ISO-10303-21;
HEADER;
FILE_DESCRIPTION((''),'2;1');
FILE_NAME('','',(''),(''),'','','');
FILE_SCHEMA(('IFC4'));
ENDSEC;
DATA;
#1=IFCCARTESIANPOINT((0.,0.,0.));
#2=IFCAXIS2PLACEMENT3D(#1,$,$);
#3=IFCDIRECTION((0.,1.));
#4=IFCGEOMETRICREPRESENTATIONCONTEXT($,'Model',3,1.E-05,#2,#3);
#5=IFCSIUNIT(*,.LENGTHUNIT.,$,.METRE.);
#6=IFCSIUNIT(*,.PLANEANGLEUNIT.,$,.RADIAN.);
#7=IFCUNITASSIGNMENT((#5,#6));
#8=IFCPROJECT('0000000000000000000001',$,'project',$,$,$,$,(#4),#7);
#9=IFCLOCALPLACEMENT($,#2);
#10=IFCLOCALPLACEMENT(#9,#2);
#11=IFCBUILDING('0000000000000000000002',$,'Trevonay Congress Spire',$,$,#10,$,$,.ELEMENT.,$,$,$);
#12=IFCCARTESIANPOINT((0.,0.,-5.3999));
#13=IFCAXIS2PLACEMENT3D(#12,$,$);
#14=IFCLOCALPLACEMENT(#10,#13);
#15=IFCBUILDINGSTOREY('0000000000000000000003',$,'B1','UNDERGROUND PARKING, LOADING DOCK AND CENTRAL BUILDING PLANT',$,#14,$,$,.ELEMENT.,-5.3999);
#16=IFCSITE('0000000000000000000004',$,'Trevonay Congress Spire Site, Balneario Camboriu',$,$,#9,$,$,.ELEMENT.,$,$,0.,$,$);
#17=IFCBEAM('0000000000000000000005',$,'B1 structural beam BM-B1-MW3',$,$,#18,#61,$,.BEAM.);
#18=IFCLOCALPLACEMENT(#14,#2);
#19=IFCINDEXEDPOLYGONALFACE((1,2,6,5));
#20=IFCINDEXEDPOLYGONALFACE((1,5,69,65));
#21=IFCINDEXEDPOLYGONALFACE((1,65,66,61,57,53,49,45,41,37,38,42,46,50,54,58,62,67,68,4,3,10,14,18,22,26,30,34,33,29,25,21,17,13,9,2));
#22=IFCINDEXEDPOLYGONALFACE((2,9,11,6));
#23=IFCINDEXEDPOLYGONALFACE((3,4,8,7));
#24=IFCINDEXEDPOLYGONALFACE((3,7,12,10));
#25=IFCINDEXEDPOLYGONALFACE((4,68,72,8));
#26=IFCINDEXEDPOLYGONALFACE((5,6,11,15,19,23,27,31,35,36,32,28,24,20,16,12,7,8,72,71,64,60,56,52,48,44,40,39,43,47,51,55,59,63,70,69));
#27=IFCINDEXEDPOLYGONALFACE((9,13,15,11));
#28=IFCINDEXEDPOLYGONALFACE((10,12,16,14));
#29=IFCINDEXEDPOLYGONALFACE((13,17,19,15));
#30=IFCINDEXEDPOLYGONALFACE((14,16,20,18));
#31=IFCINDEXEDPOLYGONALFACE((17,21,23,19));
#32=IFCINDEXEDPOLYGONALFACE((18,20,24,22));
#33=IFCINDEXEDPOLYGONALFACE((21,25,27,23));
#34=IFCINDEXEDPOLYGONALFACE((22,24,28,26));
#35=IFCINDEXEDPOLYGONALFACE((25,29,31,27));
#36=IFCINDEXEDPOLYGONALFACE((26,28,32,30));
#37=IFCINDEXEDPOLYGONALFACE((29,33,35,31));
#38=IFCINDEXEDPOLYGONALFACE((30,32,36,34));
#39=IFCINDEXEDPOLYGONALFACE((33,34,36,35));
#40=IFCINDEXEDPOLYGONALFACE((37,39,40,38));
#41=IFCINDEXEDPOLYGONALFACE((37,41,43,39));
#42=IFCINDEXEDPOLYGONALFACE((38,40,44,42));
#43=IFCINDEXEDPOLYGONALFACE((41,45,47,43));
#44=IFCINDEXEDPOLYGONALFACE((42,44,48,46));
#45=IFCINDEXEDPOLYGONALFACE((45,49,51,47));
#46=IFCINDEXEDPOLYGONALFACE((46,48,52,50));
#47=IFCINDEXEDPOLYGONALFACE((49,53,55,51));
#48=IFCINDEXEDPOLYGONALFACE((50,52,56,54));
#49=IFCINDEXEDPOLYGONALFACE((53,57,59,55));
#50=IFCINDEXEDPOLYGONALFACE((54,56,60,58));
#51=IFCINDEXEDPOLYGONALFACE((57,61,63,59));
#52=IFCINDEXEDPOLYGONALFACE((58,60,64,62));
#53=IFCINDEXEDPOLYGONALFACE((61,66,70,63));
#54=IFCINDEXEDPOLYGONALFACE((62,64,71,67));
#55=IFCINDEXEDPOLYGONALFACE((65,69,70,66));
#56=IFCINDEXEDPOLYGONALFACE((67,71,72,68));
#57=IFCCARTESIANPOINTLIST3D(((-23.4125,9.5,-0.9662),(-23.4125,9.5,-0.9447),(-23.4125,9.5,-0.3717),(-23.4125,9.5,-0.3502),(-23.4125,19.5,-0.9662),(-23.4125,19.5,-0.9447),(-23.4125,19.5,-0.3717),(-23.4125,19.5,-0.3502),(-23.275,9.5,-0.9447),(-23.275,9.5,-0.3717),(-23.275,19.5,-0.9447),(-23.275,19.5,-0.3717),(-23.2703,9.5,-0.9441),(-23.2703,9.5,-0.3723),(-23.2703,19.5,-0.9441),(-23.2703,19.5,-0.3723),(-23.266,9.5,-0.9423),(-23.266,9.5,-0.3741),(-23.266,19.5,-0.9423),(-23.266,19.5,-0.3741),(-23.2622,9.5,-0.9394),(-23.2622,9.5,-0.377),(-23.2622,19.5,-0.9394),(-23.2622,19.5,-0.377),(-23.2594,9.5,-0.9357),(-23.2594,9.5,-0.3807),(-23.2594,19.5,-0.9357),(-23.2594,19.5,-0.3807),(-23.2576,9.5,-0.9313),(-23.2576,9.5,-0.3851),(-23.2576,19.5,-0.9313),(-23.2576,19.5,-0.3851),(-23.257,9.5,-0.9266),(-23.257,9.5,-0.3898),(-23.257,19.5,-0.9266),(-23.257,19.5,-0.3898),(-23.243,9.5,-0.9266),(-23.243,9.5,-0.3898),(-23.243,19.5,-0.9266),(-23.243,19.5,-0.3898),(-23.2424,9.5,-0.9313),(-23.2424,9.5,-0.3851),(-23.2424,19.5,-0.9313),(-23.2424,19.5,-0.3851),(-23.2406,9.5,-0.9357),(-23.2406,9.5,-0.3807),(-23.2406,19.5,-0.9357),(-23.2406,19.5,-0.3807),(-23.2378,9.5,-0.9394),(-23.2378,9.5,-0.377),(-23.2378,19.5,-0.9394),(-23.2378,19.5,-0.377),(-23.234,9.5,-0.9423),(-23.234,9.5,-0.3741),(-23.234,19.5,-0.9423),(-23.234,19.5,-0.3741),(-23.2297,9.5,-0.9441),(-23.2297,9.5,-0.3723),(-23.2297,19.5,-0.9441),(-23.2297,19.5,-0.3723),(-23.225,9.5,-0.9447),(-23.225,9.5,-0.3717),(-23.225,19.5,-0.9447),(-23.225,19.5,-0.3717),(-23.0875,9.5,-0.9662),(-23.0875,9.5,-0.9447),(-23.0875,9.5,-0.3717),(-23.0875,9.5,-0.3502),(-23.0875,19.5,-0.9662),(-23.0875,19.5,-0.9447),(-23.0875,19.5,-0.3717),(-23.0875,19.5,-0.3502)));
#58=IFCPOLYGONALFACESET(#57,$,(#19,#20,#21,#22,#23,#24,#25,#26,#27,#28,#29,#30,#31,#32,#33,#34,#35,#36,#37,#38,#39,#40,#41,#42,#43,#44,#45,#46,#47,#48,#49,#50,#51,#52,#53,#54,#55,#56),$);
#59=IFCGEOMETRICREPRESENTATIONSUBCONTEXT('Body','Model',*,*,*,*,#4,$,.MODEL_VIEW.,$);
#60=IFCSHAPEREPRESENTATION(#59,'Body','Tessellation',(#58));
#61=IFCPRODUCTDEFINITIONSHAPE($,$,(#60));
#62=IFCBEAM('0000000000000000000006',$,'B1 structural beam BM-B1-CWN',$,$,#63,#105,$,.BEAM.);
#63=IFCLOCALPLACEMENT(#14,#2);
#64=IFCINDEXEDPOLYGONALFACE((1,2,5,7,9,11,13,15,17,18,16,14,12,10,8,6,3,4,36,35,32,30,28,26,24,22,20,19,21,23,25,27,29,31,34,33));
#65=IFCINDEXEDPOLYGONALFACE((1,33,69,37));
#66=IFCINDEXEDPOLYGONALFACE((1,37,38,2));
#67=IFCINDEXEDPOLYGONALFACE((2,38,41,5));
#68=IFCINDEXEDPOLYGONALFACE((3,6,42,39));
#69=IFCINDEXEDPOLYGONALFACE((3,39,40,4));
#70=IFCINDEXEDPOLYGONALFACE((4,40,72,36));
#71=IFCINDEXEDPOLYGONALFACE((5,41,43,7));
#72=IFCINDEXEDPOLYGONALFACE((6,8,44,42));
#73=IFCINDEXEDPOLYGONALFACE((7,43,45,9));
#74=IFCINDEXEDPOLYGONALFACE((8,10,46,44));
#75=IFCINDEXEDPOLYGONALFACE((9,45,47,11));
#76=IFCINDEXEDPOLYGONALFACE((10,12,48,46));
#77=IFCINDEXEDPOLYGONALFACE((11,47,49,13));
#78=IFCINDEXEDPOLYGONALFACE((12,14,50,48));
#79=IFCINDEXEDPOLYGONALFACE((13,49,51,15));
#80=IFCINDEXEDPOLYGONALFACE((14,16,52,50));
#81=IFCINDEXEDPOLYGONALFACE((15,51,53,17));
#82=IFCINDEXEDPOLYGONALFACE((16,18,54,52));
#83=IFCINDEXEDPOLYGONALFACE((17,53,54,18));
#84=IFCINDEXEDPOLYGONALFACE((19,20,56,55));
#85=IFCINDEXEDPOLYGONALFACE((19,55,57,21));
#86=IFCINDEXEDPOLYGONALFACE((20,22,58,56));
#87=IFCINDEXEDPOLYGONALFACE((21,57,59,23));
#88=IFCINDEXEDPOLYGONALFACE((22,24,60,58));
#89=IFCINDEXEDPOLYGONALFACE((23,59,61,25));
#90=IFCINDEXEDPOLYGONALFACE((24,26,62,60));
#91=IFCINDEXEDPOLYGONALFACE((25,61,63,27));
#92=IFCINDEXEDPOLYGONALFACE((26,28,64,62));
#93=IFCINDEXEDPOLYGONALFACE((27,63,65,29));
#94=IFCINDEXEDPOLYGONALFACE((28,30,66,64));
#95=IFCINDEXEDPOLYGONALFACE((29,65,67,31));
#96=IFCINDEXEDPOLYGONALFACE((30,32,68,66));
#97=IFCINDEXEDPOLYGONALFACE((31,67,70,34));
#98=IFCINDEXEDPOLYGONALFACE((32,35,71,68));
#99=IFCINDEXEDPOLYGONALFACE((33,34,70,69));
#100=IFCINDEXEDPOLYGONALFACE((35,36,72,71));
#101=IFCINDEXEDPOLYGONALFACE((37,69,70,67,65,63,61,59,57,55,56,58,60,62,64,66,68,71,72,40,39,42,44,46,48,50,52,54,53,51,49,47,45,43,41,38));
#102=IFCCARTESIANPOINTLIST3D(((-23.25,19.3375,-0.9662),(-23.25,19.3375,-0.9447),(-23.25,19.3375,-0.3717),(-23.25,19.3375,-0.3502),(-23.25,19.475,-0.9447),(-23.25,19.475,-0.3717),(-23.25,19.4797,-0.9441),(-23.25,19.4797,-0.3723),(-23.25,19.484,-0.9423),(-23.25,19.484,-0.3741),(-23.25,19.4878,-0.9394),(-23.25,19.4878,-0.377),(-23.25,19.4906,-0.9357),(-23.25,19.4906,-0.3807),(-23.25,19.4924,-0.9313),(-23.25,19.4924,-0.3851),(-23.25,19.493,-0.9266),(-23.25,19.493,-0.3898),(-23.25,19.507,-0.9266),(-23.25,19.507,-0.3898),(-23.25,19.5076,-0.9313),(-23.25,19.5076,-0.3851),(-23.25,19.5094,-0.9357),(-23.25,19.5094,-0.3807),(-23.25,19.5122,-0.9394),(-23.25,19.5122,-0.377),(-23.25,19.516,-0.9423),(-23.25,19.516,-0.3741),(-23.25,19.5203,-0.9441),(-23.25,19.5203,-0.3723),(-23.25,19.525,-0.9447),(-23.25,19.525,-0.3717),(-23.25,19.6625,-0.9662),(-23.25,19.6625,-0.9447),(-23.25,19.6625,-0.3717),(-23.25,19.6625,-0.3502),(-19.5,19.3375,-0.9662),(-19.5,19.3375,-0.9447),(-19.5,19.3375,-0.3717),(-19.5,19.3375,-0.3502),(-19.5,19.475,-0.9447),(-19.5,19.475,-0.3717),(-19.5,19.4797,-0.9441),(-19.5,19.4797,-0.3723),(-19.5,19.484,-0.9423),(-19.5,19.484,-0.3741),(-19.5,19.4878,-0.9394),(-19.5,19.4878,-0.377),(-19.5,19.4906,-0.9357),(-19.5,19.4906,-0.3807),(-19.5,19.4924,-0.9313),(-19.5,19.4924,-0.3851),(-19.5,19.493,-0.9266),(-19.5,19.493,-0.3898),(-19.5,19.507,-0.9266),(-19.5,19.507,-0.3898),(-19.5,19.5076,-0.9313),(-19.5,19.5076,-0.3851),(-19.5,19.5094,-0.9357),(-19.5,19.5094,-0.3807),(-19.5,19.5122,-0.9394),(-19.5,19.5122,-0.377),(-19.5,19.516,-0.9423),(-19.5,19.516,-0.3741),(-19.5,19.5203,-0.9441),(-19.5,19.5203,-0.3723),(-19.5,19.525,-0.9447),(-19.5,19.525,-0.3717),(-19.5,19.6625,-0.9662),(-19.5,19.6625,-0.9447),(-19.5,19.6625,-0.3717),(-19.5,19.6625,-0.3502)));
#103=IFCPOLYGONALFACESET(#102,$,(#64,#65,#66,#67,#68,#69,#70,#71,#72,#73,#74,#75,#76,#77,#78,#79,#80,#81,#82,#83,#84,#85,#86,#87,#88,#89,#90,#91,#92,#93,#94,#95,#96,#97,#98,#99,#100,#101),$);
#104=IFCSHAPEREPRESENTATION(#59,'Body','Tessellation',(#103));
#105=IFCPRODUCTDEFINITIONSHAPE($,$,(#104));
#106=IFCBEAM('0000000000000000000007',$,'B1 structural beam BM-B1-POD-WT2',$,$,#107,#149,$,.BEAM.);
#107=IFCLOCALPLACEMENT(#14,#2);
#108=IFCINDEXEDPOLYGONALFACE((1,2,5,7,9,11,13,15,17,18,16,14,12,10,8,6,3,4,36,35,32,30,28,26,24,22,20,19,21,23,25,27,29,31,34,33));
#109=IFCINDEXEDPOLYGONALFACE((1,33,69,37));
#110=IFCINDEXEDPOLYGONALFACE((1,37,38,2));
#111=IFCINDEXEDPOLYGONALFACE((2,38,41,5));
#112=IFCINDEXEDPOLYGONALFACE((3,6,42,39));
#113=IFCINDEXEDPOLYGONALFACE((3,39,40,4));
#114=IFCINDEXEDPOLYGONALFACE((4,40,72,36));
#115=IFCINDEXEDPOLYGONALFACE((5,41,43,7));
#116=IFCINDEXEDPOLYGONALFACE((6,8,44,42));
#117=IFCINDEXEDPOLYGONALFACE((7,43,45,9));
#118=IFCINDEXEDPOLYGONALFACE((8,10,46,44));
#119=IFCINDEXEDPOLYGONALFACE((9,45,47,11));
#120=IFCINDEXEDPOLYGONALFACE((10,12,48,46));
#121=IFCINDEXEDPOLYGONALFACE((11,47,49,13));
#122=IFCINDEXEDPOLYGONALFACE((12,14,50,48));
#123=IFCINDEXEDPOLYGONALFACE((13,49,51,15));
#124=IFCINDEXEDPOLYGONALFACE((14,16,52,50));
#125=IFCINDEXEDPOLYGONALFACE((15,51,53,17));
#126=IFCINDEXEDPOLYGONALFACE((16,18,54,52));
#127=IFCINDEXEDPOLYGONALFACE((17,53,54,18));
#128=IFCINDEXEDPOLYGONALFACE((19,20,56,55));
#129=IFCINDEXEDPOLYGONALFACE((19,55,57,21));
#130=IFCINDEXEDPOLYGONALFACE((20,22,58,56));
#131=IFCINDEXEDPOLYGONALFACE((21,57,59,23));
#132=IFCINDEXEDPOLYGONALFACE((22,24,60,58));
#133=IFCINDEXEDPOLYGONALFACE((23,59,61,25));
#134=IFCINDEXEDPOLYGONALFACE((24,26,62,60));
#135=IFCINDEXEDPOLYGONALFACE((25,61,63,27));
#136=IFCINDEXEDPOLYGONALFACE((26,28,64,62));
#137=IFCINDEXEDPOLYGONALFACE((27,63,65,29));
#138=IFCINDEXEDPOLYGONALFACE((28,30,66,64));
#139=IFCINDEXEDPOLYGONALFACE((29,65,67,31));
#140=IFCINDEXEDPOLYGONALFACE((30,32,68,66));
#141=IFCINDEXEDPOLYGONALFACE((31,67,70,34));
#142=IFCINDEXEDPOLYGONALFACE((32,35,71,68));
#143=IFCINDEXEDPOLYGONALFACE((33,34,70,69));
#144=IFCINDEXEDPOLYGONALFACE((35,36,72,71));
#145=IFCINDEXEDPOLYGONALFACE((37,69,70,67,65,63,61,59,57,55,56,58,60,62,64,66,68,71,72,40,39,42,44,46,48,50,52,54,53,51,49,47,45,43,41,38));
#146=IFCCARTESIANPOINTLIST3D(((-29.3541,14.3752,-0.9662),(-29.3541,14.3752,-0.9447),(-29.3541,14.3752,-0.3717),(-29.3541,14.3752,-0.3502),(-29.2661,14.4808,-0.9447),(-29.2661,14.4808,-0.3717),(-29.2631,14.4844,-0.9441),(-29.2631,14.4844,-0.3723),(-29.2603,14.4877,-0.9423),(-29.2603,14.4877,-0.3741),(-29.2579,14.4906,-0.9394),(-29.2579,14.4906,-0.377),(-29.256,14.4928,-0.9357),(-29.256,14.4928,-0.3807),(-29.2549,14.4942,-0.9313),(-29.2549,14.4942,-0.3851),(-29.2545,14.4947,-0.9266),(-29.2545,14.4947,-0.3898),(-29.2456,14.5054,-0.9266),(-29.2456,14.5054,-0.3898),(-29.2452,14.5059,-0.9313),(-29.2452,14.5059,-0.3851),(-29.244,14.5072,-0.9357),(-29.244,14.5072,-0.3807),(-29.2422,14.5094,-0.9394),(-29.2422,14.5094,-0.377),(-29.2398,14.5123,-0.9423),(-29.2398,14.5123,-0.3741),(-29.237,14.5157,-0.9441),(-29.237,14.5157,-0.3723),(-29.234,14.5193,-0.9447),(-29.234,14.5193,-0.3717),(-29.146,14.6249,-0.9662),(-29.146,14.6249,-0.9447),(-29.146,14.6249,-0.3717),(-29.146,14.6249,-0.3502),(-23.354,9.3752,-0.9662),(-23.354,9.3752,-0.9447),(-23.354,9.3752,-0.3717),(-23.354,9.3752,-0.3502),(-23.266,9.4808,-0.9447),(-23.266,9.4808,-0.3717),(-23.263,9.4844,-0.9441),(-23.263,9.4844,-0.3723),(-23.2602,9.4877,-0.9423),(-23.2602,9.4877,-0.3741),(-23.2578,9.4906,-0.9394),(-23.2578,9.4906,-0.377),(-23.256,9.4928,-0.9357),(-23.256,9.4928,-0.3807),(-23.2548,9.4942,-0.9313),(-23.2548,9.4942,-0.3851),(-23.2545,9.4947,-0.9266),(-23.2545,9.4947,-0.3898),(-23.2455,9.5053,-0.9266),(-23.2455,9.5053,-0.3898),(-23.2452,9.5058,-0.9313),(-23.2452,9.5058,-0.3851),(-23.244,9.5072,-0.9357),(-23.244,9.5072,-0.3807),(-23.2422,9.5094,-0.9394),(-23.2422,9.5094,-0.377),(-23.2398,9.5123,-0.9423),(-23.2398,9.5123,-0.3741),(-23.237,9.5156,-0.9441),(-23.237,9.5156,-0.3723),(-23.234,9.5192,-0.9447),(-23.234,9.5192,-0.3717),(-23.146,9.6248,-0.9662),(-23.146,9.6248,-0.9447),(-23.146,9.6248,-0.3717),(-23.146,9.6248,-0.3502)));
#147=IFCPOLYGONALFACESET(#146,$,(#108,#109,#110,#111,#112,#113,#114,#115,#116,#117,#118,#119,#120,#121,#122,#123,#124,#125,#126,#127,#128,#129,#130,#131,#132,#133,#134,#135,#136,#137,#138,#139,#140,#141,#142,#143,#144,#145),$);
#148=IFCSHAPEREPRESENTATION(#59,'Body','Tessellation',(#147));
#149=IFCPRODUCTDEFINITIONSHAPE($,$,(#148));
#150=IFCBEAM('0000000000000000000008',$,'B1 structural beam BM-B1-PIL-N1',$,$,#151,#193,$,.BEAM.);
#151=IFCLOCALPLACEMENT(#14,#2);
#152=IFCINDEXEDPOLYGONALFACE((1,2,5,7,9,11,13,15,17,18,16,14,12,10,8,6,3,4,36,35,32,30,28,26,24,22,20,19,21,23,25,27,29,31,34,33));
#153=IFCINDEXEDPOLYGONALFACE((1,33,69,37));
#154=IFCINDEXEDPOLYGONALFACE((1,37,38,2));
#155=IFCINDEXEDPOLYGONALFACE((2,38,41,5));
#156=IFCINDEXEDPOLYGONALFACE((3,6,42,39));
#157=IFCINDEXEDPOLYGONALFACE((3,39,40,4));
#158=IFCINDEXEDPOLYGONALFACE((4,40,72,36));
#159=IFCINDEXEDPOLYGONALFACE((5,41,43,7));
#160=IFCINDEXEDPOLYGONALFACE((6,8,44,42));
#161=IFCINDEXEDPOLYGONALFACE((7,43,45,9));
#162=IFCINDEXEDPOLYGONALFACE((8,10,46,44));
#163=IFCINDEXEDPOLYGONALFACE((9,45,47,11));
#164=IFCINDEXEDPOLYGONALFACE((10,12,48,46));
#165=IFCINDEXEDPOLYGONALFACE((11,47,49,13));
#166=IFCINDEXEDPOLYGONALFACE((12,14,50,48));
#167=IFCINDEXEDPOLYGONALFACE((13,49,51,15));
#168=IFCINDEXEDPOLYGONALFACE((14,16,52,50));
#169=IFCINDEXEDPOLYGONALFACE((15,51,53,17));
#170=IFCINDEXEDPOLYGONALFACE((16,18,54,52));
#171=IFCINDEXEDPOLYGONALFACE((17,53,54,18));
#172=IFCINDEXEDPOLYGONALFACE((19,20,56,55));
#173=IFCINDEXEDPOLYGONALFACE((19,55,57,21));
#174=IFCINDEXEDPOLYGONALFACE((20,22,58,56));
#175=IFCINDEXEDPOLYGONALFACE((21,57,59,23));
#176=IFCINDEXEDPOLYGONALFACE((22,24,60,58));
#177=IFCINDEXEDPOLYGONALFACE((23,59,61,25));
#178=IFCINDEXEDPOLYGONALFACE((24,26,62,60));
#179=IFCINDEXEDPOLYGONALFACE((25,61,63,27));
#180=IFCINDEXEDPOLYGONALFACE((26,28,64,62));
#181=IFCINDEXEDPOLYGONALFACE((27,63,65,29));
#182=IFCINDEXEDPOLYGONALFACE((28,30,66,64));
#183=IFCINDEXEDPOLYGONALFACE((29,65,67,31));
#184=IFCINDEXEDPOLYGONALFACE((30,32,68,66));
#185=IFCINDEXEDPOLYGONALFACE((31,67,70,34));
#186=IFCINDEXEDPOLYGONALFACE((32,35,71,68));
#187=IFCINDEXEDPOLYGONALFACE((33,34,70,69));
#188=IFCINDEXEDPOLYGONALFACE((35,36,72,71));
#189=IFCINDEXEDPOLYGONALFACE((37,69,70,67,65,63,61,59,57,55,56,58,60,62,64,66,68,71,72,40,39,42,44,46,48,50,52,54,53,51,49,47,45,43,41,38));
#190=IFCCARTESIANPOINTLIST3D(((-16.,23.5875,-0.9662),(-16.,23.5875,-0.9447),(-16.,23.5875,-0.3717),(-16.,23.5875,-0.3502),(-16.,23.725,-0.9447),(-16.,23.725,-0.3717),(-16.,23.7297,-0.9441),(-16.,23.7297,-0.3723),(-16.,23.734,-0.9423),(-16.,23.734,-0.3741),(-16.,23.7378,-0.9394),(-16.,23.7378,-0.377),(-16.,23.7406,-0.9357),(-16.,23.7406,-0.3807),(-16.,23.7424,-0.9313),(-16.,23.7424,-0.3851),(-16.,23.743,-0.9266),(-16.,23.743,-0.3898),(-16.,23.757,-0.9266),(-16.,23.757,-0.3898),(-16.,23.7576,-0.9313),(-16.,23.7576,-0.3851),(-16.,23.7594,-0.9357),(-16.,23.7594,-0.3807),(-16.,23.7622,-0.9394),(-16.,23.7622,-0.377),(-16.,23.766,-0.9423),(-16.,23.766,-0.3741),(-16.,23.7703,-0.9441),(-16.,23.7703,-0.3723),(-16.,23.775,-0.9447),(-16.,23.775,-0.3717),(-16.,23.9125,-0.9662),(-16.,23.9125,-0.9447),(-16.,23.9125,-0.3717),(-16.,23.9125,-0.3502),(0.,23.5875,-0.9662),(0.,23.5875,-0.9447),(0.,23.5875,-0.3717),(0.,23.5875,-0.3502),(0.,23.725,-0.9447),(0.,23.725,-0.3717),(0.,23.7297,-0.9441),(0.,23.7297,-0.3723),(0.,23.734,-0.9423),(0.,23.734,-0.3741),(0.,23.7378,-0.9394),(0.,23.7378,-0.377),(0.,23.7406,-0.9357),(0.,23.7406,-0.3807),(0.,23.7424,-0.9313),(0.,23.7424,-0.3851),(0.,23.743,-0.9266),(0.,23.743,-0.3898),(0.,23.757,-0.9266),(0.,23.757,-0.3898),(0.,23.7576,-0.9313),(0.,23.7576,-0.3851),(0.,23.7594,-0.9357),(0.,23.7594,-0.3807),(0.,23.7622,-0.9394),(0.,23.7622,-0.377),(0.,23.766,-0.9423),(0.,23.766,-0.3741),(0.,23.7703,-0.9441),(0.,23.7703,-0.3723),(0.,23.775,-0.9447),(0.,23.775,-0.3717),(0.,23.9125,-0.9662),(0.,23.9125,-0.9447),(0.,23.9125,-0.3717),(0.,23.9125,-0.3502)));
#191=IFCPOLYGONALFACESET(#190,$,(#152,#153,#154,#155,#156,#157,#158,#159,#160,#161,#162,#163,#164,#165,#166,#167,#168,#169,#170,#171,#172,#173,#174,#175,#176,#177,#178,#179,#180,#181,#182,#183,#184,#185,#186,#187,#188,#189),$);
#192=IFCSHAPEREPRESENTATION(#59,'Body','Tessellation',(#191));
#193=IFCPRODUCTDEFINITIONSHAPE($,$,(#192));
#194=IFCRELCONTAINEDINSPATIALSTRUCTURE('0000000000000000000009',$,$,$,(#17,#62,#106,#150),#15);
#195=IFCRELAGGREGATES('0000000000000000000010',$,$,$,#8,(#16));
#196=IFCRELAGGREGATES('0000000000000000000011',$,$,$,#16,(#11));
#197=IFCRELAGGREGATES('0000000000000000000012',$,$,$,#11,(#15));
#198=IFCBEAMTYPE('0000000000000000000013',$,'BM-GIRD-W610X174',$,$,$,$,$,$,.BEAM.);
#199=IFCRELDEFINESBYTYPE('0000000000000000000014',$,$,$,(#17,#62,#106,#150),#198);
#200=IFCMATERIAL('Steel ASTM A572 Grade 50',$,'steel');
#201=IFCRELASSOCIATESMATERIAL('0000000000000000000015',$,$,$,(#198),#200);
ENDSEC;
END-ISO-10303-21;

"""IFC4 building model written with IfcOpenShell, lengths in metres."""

from ifc_helpers import new_model, si_unit, direction, frame, origin, origin_2d, place, context, subcontext, project, spatial, i_section, extrude, material, material_profile, profile_set, type_object, element, save


model = new_model("IFC4")

# Units and contexts
model_context = context("Model", 3, precision=1e-05, world=origin(), true_north=direction((0.0, 1.0)))
body_context = subcontext(model_context, "Body", "Model", "MODEL_VIEW")
ifc_project = project(units=[si_unit("LENGTHUNIT", "METRE"), si_unit("PLANEANGLEUNIT", "RADIAN")], contexts=[model_context])

# Site, building, storey
site_placement = place(None, origin())
site = spatial("IfcSite", under=ifc_project, at=site_placement, Name="Trevonay Congress Spire Site, Balneario Camboriu", CompositionType="ELEMENT", RefElevation=0.0)
building_placement = place(site_placement, origin())
building = spatial("IfcBuilding", under=site, at=building_placement, Name="Trevonay Congress Spire", CompositionType="ELEMENT")
storey_placement = place(building_placement, frame((0.0, 0.0, -5.3999)))
storey = spatial("IfcBuildingStorey", under=building, at=storey_placement, Name="B1", Description="UNDERGROUND PARKING, LOADING DOCK AND CENTRAL BUILDING PLANT", CompositionType="ELEMENT", Elevation=-5.3999)

# Beams
ifc_material_1 = material(Name="Steel ASTM A572 Grade 50", Category="steel")
ifc_material_profile_1 = material_profile(ifc_material_1, i_section(OverallWidth=0.325, OverallDepth=0.616, WebThickness=0.0139, FlangeThickness=0.0215, FilletRadius=0.0181, at=origin_2d()), Name="W610x174")
ifc_profile_set_1 = profile_set([ifc_material_profile_1], Name="Steel ASTM A572 Grade 50")
beam_type_1 = type_object("IfcBeamType", Name="BM-GIRD-W610X174", PredefinedType="BEAM", material=ifc_profile_set_1)
beam_1_placement = place(storey_placement, frame((-23.25, 9.5, -0.6582), z_axis=(0.0, 1.0, 0.0), x_axis=(-1.0, 0.0, 0.0)))
element("IfcBeam", 1, at=beam_1_placement, inside=storey, type_object=beam_type_1, Name="B1 structural beam BM-B1-MW3", PredefinedType="BEAM", context=body_context, shape_type="SweptSolid", body=[
    extrude(i_section(OverallWidth=0.325, OverallDepth=0.616, WebThickness=0.0139, FlangeThickness=0.0215, FilletRadius=0.0181, at=origin_2d()), origin(), (0.0, 0.0, 1.0), 10.0),
])
beam_2_placement = place(storey_placement, frame((-23.25, 19.5, -0.6582), z_axis=(1.0, 0.0, 0.0), x_axis=(0.0, 1.0, 0.0)))
element("IfcBeam", 2, at=beam_2_placement, inside=storey, type_object=beam_type_1, Name="B1 structural beam BM-B1-CWN", PredefinedType="BEAM", context=body_context, shape_type="SweptSolid", body=[
    extrude(i_section(OverallWidth=0.325, OverallDepth=0.616, WebThickness=0.0139, FlangeThickness=0.0215, FilletRadius=0.0181, at=origin_2d()), origin(), (0.0, 0.0, 1.0), 3.75),
])
beam_3_placement = place(storey_placement, frame((-23.25, 9.5, -0.6582), z_axis=(-0.768221, 0.640184, 0.0), x_axis=(-0.640184, -0.768221, 0.0)))
element("IfcBeam", 3, at=beam_3_placement, inside=storey, type_object=beam_type_1, Name="B1 structural beam BM-B1-POD-WT2", PredefinedType="BEAM", context=body_context, shape_type="SweptSolid", body=[
    extrude(i_section(OverallWidth=0.325, OverallDepth=0.616, WebThickness=0.0139, FlangeThickness=0.0215, FilletRadius=0.0181, at=origin_2d()), origin(), (0.0, 0.0, 1.0), 7.8103),
])
beam_4_placement = place(storey_placement, frame((-16.0, 23.75, -0.6582), z_axis=(1.0, 0.0, 0.0), x_axis=(0.0, 1.0, 0.0)))
element("IfcBeam", 4, at=beam_4_placement, inside=storey, type_object=beam_type_1, Name="B1 structural beam BM-B1-PIL-N1", PredefinedType="BEAM", context=body_context, shape_type="SweptSolid", body=[
    extrude(i_section(OverallWidth=0.325, OverallDepth=0.616, WebThickness=0.0139, FlangeThickness=0.0215, FilletRadius=0.0181, at=origin_2d()), origin(), (0.0, 0.0, 1.0), 16.0),
])

save(model, "model.ifc")
